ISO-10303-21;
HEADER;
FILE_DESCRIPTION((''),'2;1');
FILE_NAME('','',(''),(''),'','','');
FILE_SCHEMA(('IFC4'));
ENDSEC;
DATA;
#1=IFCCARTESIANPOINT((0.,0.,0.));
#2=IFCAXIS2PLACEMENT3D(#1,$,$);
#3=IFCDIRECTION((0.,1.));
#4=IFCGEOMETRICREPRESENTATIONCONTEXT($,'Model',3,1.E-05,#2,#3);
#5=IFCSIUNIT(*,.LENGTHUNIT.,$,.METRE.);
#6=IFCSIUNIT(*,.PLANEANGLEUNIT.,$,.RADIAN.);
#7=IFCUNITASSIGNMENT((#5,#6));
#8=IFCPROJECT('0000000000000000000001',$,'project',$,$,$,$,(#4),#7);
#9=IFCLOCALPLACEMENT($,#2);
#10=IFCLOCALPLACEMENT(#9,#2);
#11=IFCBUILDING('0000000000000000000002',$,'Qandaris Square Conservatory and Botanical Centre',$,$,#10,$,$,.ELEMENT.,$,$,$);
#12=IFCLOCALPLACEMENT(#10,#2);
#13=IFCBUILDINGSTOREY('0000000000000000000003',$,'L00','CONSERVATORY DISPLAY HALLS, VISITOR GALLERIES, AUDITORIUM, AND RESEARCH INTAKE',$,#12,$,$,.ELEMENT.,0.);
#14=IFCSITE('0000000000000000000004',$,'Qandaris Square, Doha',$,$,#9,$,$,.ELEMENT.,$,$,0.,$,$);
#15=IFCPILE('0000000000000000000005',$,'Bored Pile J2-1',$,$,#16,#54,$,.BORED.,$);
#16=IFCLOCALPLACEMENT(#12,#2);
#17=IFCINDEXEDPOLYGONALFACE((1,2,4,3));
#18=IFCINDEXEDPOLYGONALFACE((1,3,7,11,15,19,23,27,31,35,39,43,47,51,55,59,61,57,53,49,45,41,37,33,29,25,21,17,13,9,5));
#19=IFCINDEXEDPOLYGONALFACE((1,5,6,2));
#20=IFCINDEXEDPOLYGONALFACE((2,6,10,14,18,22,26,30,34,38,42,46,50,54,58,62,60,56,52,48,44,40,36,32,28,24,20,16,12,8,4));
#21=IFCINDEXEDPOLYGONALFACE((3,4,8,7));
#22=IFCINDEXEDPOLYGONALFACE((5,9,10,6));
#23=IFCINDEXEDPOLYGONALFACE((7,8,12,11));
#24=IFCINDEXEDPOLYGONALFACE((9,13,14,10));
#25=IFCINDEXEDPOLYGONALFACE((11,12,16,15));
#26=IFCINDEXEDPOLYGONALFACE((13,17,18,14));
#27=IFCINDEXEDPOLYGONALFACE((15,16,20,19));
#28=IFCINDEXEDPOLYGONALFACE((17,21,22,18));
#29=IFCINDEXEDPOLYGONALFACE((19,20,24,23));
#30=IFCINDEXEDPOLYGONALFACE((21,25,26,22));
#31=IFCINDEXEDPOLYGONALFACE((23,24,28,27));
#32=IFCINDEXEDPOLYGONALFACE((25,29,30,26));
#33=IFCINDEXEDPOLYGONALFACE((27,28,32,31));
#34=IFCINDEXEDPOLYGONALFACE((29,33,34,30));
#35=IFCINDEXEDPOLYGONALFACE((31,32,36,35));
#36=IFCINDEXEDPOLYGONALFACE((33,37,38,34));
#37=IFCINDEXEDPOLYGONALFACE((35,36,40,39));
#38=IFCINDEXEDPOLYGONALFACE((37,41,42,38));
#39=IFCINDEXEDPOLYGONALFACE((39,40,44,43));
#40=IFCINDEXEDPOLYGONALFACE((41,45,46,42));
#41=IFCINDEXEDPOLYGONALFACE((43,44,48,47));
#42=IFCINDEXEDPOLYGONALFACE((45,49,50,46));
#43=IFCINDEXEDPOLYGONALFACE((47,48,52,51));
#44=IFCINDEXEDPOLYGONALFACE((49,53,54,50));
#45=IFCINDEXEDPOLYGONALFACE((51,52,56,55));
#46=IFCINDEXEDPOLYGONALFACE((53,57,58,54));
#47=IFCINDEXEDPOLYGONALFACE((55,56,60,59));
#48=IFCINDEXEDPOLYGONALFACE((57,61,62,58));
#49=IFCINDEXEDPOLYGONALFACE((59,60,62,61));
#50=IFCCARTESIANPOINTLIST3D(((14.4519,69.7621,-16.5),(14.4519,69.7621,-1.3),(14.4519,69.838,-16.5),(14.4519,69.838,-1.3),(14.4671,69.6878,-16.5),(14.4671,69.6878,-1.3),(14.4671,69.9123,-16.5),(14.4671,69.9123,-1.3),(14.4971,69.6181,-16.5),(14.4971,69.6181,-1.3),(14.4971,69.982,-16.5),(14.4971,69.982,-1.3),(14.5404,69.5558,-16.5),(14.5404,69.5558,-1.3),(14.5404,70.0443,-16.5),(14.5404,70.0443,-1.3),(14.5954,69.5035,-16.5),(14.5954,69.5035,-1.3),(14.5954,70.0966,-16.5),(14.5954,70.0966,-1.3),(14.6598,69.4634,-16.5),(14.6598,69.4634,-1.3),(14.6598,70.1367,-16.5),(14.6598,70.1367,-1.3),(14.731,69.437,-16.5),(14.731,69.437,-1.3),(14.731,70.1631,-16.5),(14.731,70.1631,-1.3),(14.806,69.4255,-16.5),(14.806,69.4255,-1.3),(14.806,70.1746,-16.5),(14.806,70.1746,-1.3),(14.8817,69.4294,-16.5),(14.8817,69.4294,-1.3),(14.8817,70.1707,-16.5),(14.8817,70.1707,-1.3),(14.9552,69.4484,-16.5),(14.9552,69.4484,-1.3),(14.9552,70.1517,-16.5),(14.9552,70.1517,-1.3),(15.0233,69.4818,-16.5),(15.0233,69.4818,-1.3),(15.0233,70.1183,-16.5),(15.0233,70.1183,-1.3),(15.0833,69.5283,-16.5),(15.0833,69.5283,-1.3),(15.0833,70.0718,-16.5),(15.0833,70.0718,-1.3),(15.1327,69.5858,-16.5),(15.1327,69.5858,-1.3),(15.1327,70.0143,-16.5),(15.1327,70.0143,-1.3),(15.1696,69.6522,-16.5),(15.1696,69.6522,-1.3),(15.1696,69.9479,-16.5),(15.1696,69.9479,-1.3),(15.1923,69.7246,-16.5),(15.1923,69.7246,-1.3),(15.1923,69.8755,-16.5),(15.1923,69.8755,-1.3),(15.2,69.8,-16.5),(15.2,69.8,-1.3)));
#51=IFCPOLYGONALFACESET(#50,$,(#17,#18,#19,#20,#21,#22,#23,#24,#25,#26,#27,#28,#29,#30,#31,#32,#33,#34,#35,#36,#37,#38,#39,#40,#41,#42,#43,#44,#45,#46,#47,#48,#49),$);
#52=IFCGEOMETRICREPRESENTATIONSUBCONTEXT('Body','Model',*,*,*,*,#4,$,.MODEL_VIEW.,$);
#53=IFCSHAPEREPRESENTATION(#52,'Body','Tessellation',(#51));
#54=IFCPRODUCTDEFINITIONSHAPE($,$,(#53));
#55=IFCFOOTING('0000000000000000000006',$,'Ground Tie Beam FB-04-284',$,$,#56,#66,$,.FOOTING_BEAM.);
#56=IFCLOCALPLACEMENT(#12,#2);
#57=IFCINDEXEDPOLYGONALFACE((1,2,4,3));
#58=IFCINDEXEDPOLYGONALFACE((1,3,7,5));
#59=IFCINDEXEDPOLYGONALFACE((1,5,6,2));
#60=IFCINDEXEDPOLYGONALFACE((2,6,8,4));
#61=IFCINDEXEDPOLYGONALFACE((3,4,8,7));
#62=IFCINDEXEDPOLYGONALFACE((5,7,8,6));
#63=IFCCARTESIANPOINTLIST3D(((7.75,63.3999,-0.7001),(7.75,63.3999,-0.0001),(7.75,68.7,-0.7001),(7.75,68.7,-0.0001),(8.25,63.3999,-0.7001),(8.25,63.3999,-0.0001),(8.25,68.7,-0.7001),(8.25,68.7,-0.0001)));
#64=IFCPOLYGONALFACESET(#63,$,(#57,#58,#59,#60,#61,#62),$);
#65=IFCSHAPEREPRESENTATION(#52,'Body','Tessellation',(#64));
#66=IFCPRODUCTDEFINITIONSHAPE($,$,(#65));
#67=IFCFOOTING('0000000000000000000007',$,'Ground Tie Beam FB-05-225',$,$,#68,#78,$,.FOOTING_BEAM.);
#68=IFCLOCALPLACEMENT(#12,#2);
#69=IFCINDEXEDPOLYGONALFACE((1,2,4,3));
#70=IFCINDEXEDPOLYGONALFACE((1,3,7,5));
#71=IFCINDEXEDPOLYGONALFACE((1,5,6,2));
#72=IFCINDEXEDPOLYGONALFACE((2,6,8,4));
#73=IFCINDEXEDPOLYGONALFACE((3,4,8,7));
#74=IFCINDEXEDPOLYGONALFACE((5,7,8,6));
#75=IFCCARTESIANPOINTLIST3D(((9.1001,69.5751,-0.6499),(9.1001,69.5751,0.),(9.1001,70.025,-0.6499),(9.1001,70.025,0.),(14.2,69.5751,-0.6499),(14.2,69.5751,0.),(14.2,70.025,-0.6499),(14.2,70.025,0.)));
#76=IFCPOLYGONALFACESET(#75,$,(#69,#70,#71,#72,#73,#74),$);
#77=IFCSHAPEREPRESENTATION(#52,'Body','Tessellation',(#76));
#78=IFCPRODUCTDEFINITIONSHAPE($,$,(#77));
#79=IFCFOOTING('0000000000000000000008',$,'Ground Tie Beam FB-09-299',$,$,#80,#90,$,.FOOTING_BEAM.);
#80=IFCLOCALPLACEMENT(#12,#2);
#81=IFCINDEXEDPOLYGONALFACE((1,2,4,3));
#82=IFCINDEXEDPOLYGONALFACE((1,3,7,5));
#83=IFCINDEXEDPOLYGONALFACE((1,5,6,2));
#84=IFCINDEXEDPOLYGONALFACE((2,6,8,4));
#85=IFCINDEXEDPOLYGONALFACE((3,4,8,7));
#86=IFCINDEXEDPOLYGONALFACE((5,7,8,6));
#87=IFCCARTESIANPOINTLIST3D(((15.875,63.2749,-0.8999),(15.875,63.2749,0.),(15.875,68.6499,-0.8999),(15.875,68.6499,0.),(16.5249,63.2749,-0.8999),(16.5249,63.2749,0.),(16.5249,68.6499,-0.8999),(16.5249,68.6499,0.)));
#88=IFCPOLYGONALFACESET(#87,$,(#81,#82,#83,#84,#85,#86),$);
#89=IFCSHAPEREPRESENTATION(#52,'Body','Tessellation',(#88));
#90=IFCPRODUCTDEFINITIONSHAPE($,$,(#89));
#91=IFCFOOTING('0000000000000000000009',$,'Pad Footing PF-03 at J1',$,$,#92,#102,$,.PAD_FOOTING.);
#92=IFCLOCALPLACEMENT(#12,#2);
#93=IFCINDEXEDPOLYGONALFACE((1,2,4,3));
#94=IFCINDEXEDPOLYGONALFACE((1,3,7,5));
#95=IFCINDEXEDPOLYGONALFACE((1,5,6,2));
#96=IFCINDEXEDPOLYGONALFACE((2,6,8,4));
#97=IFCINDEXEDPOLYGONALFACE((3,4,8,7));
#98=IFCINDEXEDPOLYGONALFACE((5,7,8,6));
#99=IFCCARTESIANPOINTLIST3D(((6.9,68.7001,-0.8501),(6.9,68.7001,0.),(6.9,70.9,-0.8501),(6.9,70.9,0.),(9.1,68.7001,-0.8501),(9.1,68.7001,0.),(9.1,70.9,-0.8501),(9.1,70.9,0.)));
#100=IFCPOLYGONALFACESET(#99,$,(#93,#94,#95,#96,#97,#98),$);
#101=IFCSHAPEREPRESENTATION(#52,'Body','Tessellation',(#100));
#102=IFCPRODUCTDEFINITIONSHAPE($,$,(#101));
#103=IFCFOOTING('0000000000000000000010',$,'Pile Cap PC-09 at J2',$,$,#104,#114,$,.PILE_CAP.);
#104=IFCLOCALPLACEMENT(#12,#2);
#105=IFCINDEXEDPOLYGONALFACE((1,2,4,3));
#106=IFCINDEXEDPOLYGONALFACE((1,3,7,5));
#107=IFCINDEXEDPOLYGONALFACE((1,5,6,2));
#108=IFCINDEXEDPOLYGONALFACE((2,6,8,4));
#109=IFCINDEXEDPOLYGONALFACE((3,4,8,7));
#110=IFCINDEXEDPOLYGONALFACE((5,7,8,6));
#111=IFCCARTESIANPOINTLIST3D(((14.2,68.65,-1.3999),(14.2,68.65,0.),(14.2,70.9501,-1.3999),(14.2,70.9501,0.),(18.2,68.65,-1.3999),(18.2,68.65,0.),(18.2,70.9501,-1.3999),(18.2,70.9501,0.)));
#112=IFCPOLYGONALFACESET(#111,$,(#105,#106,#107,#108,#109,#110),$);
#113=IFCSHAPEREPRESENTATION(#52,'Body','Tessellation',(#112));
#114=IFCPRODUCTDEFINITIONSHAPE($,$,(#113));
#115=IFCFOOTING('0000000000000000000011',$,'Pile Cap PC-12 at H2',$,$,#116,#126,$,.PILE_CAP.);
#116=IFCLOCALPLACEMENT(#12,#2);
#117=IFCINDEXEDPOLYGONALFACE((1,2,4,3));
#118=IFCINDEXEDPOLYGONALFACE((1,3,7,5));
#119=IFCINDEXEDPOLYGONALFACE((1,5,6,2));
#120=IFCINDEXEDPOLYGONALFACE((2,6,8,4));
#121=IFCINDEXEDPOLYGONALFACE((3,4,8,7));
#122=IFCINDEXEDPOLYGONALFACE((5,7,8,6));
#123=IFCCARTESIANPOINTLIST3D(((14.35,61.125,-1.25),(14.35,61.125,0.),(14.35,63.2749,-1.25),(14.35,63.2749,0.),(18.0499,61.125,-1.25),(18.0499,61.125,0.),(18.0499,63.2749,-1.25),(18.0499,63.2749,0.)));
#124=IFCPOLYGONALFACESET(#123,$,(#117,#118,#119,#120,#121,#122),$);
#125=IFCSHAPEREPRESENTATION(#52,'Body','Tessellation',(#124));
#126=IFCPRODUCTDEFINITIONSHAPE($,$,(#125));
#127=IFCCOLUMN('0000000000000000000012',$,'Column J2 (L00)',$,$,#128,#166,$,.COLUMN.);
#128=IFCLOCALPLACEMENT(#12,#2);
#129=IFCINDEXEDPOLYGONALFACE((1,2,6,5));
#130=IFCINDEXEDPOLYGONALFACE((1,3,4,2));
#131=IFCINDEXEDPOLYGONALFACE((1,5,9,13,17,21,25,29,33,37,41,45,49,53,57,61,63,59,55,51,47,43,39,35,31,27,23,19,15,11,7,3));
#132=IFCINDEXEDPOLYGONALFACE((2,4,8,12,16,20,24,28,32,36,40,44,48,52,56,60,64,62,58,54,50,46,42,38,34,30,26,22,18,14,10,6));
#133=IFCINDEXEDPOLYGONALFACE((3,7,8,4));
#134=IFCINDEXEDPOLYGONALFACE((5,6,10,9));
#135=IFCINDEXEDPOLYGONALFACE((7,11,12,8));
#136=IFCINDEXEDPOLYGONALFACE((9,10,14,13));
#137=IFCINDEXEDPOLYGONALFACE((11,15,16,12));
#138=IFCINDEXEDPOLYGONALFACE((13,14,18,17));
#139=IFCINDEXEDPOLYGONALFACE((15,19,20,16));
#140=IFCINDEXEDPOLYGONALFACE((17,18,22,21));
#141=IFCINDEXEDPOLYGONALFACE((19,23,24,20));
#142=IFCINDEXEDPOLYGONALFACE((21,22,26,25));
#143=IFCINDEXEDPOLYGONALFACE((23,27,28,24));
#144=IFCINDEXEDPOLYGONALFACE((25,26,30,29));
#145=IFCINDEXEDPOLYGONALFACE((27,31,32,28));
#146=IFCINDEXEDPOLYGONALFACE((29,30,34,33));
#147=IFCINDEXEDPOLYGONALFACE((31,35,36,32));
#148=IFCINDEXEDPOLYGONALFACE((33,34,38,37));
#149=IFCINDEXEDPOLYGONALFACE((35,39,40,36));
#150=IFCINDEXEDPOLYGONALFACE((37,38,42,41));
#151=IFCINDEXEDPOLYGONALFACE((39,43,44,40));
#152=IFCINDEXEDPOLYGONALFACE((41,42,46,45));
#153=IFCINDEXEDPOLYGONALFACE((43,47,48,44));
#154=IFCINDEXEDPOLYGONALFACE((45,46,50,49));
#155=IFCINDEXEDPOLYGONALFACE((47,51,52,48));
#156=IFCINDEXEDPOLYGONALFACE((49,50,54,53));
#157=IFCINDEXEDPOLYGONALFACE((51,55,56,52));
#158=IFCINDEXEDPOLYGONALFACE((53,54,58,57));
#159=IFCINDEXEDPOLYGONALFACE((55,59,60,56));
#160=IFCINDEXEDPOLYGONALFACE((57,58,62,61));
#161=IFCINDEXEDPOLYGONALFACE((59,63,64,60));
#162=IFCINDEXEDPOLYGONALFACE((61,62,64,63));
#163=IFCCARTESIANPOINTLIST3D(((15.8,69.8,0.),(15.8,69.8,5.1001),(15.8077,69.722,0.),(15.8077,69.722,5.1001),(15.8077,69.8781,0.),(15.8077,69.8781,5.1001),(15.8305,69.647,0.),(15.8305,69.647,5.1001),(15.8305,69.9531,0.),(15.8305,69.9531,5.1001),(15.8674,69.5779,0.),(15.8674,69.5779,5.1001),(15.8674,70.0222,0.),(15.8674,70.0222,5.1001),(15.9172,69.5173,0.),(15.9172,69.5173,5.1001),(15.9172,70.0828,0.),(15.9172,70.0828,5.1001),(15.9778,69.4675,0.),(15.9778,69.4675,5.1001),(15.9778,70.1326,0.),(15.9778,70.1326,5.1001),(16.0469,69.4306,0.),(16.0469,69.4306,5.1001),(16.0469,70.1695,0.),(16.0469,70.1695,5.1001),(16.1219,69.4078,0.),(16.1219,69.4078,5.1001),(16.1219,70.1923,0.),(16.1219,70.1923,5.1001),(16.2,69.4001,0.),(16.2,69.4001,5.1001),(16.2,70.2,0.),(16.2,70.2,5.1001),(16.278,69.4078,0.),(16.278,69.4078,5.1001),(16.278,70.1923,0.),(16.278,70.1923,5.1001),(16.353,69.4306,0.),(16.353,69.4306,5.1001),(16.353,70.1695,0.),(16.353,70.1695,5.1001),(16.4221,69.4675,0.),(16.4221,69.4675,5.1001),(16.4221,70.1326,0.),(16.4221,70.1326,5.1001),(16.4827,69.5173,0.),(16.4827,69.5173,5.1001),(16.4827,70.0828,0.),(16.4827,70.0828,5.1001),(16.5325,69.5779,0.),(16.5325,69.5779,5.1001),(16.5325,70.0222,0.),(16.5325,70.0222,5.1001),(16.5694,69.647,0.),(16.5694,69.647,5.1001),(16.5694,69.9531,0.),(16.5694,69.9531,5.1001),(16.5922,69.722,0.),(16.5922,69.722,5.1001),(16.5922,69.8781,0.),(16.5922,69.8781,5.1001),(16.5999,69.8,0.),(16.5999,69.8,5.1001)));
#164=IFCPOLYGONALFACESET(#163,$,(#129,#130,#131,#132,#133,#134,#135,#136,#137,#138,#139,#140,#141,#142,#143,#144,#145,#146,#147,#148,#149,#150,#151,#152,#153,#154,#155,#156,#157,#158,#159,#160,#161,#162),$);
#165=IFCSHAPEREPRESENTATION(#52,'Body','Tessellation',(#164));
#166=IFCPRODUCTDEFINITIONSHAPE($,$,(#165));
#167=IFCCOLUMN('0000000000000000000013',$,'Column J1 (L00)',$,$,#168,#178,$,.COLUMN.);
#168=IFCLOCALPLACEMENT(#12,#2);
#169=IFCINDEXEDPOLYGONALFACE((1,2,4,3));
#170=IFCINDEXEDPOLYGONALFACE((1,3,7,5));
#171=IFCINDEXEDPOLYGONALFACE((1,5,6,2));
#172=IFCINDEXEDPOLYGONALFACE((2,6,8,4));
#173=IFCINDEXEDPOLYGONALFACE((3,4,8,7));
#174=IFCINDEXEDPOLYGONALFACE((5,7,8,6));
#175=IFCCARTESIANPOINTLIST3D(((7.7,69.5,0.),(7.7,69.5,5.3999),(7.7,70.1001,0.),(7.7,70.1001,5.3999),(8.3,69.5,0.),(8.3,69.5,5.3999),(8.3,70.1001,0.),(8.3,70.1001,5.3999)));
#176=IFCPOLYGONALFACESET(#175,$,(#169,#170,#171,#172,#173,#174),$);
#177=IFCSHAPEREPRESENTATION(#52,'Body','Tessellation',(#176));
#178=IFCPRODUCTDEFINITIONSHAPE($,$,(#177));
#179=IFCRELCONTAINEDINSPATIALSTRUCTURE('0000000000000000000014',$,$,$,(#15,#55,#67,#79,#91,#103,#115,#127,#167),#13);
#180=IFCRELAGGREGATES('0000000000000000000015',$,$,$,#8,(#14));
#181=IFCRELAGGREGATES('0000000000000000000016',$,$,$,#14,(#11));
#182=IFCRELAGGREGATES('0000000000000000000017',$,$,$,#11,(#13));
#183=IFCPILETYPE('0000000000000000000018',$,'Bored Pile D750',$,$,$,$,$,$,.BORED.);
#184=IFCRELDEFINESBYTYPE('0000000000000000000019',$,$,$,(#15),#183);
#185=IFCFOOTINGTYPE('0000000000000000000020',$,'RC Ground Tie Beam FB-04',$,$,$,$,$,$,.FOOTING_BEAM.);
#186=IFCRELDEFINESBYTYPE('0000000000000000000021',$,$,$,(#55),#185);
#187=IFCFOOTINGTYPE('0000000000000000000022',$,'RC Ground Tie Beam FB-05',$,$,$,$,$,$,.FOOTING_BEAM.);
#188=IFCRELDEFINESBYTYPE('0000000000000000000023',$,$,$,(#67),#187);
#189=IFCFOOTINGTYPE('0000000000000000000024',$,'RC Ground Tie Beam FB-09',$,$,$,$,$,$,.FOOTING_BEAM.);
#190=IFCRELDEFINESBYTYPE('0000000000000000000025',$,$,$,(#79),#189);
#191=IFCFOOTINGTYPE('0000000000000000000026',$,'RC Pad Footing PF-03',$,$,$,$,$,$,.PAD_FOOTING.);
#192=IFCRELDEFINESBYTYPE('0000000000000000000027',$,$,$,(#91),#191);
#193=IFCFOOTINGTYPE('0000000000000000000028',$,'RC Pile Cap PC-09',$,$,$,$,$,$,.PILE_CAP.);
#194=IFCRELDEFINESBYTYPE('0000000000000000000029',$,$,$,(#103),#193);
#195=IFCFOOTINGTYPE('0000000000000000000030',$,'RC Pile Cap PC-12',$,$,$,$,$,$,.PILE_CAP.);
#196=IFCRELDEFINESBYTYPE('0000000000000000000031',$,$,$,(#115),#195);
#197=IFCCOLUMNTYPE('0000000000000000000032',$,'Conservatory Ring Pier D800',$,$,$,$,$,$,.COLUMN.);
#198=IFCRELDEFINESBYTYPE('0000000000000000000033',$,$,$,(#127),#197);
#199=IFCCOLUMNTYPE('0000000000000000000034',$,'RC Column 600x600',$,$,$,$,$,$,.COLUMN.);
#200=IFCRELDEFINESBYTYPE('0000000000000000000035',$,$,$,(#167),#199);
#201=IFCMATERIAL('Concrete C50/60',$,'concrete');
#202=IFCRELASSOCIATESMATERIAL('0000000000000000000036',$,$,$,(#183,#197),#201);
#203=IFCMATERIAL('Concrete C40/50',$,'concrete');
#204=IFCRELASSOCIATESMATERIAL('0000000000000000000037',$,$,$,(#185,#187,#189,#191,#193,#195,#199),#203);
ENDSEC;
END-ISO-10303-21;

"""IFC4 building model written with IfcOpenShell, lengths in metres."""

from ifc_helpers import new_model, si_unit, direction, frame, origin, origin_2d, place, context, subcontext, project, spatial, rectangle, circle, extrude, material, material_profile, profile_set, type_object, element, save


model = new_model("IFC4")

# Units and contexts
model_context = context("Model", 3, precision=1e-05, world=origin(), true_north=direction((0.0, 1.0)))
body_context = subcontext(model_context, "Body", "Model", "MODEL_VIEW")
ifc_project = project(units=[si_unit("LENGTHUNIT", "METRE"), si_unit("PLANEANGLEUNIT", "RADIAN")], contexts=[model_context])

# Site, building, storey
site_placement = place(None, origin())
site = spatial("IfcSite", under=ifc_project, at=site_placement, Name="Qandaris Square, Doha", CompositionType="ELEMENT", RefElevation=0.0)
building_placement = place(site_placement, origin())
building = spatial("IfcBuilding", under=site, at=building_placement, Name="Qandaris Square Conservatory and Botanical Centre", CompositionType="ELEMENT")
storey_placement = place(building_placement, origin())
storey = spatial("IfcBuildingStorey", under=building, at=storey_placement, Name="L00", Description="CONSERVATORY DISPLAY HALLS, VISITOR GALLERIES, AUDITORIUM, AND RESEARCH INTAKE", CompositionType="ELEMENT", Elevation=0.0)

# Pile
ifc_material_1 = material(Name="Concrete C50/60", Category="concrete")
ifc_material_profile_1 = material_profile(ifc_material_1, circle(Radius=0.375, at=origin_2d()), Name="PILE D750")
ifc_profile_set_1 = profile_set([ifc_material_profile_1], Name="Concrete C50/60")
pile_type = type_object("IfcPileType", Name="Bored Pile D750", PredefinedType="BORED", material=ifc_profile_set_1)
pile_placement = place(storey_placement, frame((14.825, 69.8, -1.3), z_axis=(0.0, 0.0, -1.0), x_axis=(1.0, 0.0, 0.0)))
element("IfcPile", 1, at=pile_placement, inside=storey, type_object=pile_type, Name="Bored Pile J2-1", PredefinedType="BORED", context=body_context, shape_type="SweptSolid", body=[
    extrude(circle(Radius=0.375, at=origin_2d()), origin(), (0.0, 0.0, 1.0), 15.2),
])

# Footings
ifc_material_2 = material(Name="Concrete C40/50", Category="concrete")
ifc_material_profile_2 = material_profile(ifc_material_2, rectangle(XDim=0.5, YDim=0.7, at=origin_2d()), Name="FB 500x700")
ifc_profile_set_2 = profile_set([ifc_material_profile_2], Name="Concrete C40/50")
footing_type_1 = type_object("IfcFootingType", Name="RC Ground Tie Beam FB-04", PredefinedType="FOOTING_BEAM", material=ifc_profile_set_2)
footing_1_placement = place(storey_placement, frame((8.0, 63.3999, -0.3501), z_axis=(0.0, 1.0, 0.0), x_axis=(-1.0, 0.0, 0.0)))
element("IfcFooting", 2, at=footing_1_placement, inside=storey, type_object=footing_type_1, Name="Ground Tie Beam FB-04-284", PredefinedType="FOOTING_BEAM", context=body_context, shape_type="SweptSolid", body=[
    extrude(rectangle(XDim=0.5, YDim=0.7, at=origin_2d()), origin(), (0.0, 0.0, 1.0), 5.3),
])
ifc_material_profile_3 = material_profile(ifc_material_2, rectangle(XDim=0.45, YDim=0.6499, at=origin_2d()), Name="FB 450x650")
ifc_profile_set_3 = profile_set([ifc_material_profile_3], Name="Concrete C40/50")
footing_type_2 = type_object("IfcFootingType", Name="RC Ground Tie Beam FB-05", PredefinedType="FOOTING_BEAM", material=ifc_profile_set_3)
footing_2_placement = place(storey_placement, frame((9.1001, 69.8, -0.325), z_axis=(1.0, 0.0, 0.0), x_axis=(0.0, 1.0, 0.0)))
element("IfcFooting", 3, at=footing_2_placement, inside=storey, type_object=footing_type_2, Name="Ground Tie Beam FB-05-225", PredefinedType="FOOTING_BEAM", context=body_context, shape_type="SweptSolid", body=[
    extrude(rectangle(XDim=0.45, YDim=0.6499, at=origin_2d()), origin(), (0.0, 0.0, 1.0), 5.0999),
])
ifc_material_profile_4 = material_profile(ifc_material_2, rectangle(XDim=0.6499, YDim=0.8999, at=origin_2d()), Name="FB 650x900")
ifc_profile_set_4 = profile_set([ifc_material_profile_4], Name="Concrete C40/50")
footing_type_3 = type_object("IfcFootingType", Name="RC Ground Tie Beam FB-09", PredefinedType="FOOTING_BEAM", material=ifc_profile_set_4)
footing_3_placement = place(storey_placement, frame((16.2, 63.2749, -0.45), z_axis=(0.0, 1.0, 0.0), x_axis=(-1.0, 0.0, 0.0)))
element("IfcFooting", 4, at=footing_3_placement, inside=storey, type_object=footing_type_3, Name="Ground Tie Beam FB-09-299", PredefinedType="FOOTING_BEAM", context=body_context, shape_type="SweptSolid", body=[
    extrude(rectangle(XDim=0.6499, YDim=0.8999, at=origin_2d()), origin(), (0.0, 0.0, 1.0), 5.375),
])
footing_type_4 = type_object("IfcFootingType", Name="RC Pad Footing PF-03", PredefinedType="PAD_FOOTING", material=ifc_material_2)
footing_4_placement = place(storey_placement, frame((8.0, 69.8, -0.8501), z_axis=(0.0, 0.0, 1.0), x_axis=(1.0, 0.0, 0.0)))
element("IfcFooting", 5, at=footing_4_placement, inside=storey, type_object=footing_type_4, Name="Pad Footing PF-03 at J1", PredefinedType="PAD_FOOTING", context=body_context, shape_type="SweptSolid", body=[
    extrude(rectangle(XDim=2.2, YDim=2.2, at=origin_2d()), origin(), (0.0, 0.0, 1.0), 0.8501),
])
footing_type_5 = type_object("IfcFootingType", Name="RC Pile Cap PC-09", PredefinedType="PILE_CAP", material=ifc_material_2)
footing_5_placement = place(storey_placement, frame((16.2, 69.8, -1.3999), z_axis=(0.0, 0.0, 1.0), x_axis=(1.0, 0.0, 0.0)))
element("IfcFooting", 6, at=footing_5_placement, inside=storey, type_object=footing_type_5, Name="Pile Cap PC-09 at J2", PredefinedType="PILE_CAP", context=body_context, shape_type="SweptSolid", body=[
    extrude(rectangle(XDim=4.0, YDim=2.3, at=origin_2d()), origin(), (0.0, 0.0, 1.0), 1.3999),
])
footing_type_6 = type_object("IfcFootingType", Name="RC Pile Cap PC-12", PredefinedType="PILE_CAP", material=ifc_material_2)
footing_6_placement = place(storey_placement, frame((16.2, 62.2, -1.25), z_axis=(0.0, 0.0, 1.0), x_axis=(1.0, 0.0, 0.0)))
element("IfcFooting", 7, at=footing_6_placement, inside=storey, type_object=footing_type_6, Name="Pile Cap PC-12 at H2", PredefinedType="PILE_CAP", context=body_context, shape_type="SweptSolid", body=[
    extrude(rectangle(XDim=3.7, YDim=2.1499, at=origin_2d()), origin(), (0.0, 0.0, 1.0), 1.25),
])

# Columns
ifc_material_profile_5 = material_profile(ifc_material_1, circle(Radius=0.3999, at=origin_2d()), Name="RC-COL D800")
ifc_profile_set_5 = profile_set([ifc_material_profile_5], Name="Concrete C50/60")
column_type_1 = type_object("IfcColumnType", Name="Conservatory Ring Pier D800", PredefinedType="COLUMN", material=ifc_profile_set_5)
column_1_placement = place(storey_placement, frame((16.2, 69.8, 0.0), z_axis=(0.0, 0.0, 1.0), x_axis=(1.0, 0.0, 0.0)))
element("IfcColumn", 8, at=column_1_placement, inside=storey, type_object=column_type_1, Name="Column J2 (L00)", PredefinedType="COLUMN", context=body_context, shape_type="SweptSolid", body=[
    extrude(circle(Radius=0.3999, at=origin_2d()), origin(), (0.0, 0.0, 1.0), 5.1001),
])
ifc_material_profile_6 = material_profile(ifc_material_2, rectangle(XDim=0.6001, YDim=0.6001, at=origin_2d()), Name="RC-COL 600x600")
ifc_profile_set_6 = profile_set([ifc_material_profile_6], Name="Concrete C40/50")
column_type_2 = type_object("IfcColumnType", Name="RC Column 600x600", PredefinedType="COLUMN", material=ifc_profile_set_6)
column_2_placement = place(storey_placement, frame((8.0, 69.8, 0.0), z_axis=(0.0, 0.0, 1.0), x_axis=(1.0, 0.0, 0.0)))
element("IfcColumn", 9, at=column_2_placement, inside=storey, type_object=column_type_2, Name="Column J1 (L00)", PredefinedType="COLUMN", context=body_context, shape_type="SweptSolid", body=[
    extrude(rectangle(XDim=0.6001, YDim=0.6001, at=origin_2d()), origin(), (0.0, 0.0, 1.0), 5.3999),
])

save(model, "model.ifc")
